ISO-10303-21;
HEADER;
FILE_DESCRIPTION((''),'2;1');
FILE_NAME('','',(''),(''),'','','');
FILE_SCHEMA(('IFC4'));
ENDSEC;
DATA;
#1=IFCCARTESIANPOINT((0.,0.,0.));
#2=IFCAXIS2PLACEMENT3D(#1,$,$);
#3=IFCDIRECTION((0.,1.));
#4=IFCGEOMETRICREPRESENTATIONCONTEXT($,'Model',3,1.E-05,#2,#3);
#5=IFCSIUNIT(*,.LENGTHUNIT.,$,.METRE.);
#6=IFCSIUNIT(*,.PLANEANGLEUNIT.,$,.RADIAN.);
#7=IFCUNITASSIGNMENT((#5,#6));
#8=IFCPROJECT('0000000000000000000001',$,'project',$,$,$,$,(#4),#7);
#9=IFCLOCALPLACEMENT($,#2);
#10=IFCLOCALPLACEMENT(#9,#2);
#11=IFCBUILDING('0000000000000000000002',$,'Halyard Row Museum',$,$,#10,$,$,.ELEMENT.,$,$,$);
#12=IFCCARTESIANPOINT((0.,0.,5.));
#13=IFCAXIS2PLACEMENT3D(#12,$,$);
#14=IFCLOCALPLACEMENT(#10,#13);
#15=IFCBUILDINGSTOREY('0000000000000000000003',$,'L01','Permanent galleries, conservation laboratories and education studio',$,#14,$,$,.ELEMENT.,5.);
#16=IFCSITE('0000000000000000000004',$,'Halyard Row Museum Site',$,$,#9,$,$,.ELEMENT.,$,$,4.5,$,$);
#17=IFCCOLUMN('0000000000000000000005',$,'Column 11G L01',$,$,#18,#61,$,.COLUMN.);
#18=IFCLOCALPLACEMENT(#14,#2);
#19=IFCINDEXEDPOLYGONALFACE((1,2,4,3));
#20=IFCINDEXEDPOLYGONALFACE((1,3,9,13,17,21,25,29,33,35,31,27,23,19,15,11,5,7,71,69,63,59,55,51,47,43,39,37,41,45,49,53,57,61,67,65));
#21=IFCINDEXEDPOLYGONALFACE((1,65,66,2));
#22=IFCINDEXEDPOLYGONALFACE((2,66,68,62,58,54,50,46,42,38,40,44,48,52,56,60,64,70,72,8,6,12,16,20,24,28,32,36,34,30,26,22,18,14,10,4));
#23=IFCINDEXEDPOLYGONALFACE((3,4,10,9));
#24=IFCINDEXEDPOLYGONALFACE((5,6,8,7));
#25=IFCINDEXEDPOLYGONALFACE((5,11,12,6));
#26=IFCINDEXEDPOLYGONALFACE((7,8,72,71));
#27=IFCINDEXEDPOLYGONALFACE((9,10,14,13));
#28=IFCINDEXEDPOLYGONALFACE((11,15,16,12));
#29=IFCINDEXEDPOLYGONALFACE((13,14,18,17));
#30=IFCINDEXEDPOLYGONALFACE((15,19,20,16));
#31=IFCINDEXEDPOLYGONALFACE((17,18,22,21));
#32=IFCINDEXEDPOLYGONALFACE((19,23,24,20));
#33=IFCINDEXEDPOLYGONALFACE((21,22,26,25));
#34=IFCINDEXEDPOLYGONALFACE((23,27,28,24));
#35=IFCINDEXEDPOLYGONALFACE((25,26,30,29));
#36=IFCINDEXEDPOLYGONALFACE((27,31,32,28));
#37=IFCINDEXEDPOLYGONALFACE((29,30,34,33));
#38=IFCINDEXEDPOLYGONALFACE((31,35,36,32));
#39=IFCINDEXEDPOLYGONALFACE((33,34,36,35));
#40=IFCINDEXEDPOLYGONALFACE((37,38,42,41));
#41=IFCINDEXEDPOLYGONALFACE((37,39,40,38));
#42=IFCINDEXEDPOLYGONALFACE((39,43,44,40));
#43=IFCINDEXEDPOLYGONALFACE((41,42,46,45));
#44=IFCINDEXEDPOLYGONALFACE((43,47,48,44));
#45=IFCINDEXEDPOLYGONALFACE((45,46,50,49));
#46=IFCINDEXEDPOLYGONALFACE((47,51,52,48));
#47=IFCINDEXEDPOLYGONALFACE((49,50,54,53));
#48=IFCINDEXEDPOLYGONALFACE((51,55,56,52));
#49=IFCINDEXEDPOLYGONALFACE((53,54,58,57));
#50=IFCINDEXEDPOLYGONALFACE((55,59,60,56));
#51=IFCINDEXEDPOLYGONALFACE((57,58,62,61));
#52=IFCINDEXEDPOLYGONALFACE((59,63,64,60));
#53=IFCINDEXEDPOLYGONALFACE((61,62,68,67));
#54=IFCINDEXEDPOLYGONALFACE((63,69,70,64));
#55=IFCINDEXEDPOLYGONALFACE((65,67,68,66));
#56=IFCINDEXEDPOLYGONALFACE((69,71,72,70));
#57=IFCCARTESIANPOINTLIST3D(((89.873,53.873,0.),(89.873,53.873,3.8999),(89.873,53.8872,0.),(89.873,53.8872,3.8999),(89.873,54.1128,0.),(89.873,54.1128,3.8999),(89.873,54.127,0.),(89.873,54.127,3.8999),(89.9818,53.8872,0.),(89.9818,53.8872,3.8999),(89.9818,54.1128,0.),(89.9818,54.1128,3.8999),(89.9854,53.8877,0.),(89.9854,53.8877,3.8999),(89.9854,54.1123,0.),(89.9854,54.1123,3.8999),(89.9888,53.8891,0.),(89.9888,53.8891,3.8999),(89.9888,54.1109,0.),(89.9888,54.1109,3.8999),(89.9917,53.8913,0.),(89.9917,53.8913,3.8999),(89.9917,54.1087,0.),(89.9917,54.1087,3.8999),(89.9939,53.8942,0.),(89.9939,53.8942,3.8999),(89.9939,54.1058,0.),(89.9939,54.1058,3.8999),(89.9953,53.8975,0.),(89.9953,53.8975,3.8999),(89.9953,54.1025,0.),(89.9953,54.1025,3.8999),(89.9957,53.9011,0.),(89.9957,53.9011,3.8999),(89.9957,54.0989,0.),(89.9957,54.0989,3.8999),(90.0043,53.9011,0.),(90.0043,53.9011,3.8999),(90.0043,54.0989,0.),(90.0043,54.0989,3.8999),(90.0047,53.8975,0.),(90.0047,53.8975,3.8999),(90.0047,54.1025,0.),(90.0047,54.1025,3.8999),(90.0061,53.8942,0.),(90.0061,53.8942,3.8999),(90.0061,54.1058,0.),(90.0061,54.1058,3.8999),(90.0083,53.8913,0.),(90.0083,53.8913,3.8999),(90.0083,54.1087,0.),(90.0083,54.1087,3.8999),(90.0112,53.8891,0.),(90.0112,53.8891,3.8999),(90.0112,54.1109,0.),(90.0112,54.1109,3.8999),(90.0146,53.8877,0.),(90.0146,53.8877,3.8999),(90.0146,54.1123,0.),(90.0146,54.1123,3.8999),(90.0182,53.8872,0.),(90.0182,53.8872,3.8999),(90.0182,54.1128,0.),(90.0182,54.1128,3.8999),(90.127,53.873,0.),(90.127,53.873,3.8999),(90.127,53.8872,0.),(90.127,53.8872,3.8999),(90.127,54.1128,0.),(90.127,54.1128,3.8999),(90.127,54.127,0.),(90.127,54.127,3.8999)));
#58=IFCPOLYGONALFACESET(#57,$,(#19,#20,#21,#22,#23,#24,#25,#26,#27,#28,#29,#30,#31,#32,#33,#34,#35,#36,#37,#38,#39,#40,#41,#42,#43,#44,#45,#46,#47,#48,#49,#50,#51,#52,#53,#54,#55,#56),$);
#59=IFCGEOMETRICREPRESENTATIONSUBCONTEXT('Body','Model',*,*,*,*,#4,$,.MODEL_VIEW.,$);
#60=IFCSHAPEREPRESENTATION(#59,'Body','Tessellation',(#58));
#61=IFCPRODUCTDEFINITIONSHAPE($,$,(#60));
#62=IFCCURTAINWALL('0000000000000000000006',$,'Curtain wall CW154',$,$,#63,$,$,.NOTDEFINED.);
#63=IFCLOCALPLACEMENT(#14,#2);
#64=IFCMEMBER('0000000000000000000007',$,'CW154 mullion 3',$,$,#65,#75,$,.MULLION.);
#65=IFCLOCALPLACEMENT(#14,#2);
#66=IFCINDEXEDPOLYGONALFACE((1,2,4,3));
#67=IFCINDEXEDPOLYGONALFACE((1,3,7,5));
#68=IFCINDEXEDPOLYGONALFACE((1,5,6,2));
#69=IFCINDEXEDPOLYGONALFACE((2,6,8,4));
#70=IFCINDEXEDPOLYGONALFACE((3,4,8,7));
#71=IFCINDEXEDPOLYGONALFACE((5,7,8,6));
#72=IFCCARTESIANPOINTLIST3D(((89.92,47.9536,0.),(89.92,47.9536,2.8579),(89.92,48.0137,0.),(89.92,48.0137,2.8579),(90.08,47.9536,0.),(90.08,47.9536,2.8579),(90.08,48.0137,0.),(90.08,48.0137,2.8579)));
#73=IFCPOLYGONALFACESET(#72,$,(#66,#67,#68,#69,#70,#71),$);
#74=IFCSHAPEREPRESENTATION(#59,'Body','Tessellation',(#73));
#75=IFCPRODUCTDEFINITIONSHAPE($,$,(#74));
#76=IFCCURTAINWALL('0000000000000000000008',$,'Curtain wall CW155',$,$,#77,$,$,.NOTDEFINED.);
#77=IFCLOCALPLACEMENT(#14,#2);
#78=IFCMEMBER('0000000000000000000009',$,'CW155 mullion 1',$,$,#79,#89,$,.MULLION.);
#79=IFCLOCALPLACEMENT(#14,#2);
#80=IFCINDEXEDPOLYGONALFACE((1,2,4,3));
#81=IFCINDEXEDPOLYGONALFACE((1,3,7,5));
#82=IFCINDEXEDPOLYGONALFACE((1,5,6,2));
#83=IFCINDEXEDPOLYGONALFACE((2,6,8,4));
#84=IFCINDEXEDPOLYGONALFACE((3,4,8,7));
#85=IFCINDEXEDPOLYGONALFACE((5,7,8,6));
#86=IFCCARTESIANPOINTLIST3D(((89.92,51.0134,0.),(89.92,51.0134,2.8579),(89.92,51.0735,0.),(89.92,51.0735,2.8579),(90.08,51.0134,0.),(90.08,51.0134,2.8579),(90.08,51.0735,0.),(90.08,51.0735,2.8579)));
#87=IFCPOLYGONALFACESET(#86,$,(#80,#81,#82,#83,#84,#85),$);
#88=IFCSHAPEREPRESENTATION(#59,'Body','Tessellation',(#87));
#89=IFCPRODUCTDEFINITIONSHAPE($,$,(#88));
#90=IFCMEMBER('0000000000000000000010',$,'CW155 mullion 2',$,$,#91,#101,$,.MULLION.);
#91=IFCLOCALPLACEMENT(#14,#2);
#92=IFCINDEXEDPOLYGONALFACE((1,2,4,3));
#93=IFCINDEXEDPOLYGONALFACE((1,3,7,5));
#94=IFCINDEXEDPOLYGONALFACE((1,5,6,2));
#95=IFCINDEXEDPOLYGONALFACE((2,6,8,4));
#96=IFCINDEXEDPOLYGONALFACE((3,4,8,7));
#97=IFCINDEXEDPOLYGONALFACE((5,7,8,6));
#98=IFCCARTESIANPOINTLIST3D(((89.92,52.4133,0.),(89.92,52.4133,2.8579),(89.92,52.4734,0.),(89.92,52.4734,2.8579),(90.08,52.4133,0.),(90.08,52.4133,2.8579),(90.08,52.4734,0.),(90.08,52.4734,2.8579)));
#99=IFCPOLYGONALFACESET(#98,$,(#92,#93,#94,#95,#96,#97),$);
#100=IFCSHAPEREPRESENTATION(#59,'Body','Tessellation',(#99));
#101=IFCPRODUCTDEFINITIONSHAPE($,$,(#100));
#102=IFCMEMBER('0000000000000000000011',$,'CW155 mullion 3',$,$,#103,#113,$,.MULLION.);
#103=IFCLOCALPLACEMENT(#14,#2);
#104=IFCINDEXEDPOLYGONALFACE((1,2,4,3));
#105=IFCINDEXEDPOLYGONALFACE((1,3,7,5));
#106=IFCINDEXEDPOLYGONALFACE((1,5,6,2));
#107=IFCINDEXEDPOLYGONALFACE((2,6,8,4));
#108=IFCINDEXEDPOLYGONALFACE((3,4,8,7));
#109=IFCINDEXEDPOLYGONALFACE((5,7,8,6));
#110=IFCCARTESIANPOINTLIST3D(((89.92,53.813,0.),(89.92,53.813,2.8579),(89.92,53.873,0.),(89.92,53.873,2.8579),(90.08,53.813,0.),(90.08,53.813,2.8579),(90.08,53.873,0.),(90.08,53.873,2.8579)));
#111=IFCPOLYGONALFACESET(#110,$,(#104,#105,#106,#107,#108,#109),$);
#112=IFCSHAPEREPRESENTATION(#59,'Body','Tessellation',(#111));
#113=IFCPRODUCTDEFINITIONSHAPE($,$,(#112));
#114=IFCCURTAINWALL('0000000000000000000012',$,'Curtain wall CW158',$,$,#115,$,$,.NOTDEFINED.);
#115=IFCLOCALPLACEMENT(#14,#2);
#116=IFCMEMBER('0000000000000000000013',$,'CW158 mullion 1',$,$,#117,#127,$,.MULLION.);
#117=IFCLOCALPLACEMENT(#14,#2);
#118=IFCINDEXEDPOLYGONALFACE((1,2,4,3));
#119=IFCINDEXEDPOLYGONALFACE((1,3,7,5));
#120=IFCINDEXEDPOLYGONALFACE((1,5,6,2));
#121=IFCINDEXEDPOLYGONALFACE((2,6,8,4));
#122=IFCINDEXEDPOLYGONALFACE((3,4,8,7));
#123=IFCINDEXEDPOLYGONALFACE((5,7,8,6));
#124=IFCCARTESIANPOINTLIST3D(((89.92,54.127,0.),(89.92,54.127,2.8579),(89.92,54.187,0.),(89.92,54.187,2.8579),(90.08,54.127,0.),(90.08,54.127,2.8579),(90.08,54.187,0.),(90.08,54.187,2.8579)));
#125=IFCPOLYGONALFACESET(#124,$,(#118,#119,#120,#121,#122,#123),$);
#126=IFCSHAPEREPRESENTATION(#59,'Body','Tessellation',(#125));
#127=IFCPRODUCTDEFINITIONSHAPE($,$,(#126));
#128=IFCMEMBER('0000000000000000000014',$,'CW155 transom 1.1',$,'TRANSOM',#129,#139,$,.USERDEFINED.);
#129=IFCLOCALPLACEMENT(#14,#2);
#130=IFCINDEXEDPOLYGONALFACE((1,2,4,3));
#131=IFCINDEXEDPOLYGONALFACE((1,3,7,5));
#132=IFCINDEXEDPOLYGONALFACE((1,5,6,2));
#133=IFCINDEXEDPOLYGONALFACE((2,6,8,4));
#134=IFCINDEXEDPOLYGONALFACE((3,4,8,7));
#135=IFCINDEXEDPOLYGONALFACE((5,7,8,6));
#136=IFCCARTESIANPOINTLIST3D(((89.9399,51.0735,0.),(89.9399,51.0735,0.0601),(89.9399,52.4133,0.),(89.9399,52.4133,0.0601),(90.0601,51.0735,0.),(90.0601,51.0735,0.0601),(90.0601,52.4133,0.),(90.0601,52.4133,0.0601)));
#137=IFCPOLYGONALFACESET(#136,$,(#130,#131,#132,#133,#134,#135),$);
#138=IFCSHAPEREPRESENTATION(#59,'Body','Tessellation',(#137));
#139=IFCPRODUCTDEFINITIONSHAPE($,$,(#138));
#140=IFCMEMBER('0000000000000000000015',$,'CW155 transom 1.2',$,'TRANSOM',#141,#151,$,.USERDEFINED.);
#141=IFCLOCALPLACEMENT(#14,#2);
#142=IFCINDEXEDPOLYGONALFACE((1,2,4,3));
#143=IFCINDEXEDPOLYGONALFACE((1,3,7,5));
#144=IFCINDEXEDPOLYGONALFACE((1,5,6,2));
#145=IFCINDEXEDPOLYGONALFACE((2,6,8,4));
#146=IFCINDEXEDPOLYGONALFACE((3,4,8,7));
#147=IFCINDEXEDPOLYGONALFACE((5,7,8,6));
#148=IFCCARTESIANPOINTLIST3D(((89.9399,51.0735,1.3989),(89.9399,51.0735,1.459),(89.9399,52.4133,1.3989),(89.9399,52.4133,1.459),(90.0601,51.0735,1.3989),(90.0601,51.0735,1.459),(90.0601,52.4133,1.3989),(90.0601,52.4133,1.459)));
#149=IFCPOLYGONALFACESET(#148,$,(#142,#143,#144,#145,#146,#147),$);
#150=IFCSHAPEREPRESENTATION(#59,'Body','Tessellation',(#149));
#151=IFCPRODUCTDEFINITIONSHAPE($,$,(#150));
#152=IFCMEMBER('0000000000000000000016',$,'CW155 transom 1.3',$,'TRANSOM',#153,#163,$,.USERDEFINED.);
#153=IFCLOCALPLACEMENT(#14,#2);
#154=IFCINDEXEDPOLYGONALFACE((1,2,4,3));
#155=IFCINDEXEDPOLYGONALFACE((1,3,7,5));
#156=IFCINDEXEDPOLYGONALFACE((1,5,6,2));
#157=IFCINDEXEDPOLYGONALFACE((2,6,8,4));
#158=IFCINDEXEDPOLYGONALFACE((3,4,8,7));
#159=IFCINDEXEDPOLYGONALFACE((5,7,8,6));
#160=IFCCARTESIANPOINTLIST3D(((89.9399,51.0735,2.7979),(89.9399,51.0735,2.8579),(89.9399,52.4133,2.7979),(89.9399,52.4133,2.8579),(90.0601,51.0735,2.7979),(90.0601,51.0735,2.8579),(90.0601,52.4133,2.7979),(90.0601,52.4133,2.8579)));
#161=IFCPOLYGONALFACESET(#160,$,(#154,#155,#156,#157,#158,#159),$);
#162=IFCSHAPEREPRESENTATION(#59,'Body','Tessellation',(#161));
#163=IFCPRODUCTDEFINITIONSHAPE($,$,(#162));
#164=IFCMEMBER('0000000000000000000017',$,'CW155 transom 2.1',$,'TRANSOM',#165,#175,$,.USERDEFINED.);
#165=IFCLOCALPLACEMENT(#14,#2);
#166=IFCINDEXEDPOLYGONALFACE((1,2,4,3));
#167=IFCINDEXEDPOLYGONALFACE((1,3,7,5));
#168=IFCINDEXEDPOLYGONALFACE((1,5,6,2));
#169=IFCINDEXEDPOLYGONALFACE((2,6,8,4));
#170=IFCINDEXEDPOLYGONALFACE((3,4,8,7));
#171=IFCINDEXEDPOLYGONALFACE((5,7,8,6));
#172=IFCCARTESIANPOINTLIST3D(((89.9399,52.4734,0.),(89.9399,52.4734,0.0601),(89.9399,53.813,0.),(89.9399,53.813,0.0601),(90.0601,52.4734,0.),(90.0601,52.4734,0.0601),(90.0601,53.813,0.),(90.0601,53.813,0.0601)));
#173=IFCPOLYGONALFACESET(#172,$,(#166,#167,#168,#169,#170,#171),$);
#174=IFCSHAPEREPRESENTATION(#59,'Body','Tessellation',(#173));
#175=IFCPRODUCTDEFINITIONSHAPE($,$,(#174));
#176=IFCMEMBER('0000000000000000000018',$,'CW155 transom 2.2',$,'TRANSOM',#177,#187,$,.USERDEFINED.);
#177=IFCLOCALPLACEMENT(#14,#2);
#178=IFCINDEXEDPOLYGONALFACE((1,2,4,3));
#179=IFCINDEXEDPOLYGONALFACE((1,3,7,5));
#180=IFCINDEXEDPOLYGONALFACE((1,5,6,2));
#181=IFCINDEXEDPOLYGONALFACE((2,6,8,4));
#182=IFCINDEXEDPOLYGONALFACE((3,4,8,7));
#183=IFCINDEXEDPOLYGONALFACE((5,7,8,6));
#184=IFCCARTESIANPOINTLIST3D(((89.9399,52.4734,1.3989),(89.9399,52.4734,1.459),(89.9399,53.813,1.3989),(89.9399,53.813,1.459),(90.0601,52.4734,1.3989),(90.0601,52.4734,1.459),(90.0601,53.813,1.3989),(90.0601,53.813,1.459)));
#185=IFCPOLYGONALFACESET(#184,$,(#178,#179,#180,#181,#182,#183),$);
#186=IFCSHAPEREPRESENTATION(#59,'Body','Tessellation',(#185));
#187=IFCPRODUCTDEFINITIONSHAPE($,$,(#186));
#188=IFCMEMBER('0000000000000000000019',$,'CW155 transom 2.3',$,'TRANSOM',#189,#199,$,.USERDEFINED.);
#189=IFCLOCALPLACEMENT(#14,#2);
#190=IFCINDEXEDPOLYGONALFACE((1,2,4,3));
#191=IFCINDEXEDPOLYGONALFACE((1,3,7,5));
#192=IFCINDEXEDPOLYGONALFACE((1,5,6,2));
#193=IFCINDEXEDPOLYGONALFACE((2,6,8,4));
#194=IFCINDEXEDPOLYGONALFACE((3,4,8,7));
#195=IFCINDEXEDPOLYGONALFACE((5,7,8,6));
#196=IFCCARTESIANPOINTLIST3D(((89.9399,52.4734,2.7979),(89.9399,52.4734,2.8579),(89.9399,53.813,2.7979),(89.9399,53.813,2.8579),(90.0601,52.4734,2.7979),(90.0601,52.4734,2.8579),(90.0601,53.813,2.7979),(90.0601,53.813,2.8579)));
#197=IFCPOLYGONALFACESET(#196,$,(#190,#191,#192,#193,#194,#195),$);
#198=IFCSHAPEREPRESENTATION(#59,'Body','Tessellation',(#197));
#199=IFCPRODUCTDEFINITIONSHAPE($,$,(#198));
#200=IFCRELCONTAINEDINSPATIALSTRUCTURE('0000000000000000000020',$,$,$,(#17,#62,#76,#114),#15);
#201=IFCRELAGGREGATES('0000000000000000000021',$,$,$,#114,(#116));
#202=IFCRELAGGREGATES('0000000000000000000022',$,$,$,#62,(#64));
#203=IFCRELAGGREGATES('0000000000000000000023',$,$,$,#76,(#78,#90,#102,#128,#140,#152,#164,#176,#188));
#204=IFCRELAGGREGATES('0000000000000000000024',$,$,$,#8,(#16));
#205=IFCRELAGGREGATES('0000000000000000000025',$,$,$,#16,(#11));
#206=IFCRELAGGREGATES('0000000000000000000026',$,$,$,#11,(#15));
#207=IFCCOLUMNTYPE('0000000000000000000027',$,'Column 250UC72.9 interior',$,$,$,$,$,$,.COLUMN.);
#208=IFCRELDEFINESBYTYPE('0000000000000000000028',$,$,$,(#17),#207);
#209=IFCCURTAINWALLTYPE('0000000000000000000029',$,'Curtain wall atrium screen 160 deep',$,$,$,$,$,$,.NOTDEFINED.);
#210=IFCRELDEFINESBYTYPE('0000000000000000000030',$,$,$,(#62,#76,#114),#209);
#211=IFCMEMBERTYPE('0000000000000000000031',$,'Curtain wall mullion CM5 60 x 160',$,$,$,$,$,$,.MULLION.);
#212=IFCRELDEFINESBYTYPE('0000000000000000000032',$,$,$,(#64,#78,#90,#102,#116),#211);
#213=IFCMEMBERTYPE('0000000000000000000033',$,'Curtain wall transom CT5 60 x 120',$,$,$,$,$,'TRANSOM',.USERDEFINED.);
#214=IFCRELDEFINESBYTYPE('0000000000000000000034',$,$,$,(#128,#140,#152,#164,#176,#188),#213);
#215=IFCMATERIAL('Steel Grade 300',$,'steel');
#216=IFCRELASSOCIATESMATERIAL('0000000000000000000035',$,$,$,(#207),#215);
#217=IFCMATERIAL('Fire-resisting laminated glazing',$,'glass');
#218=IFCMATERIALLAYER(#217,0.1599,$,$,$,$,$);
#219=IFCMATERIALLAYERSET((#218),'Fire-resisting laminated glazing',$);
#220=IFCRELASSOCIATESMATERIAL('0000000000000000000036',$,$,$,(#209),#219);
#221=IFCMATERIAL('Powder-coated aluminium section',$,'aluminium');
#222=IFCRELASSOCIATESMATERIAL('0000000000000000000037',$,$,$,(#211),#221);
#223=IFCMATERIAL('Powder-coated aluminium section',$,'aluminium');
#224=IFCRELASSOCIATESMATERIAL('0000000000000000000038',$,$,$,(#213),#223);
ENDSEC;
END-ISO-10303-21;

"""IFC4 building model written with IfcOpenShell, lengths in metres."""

from ifc_helpers import new_model, si_unit, direction, frame, origin, origin_2d, place, context, subcontext, project, spatial, rectangle, i_section, extrude, material, layer, layer_set, material_profile, profile_set, type_object, element, aggregate, save


model = new_model("IFC4")

# Units and contexts
model_context = context("Model", 3, precision=1e-05, world=origin(), true_north=direction((0.0, 1.0)))
body_context = subcontext(model_context, "Body", "Model", "MODEL_VIEW")
ifc_project = project(units=[si_unit("LENGTHUNIT", "METRE"), si_unit("PLANEANGLEUNIT", "RADIAN")], contexts=[model_context])

# Site, building, storey
site_placement = place(None, origin())
site = spatial("IfcSite", under=ifc_project, at=site_placement, Name="Halyard Row Museum Site", CompositionType="ELEMENT", RefElevation=4.5)
building_placement = place(site_placement, origin())
building = spatial("IfcBuilding", under=site, at=building_placement, Name="Halyard Row Museum", CompositionType="ELEMENT")
storey_placement = place(building_placement, frame((0.0, 0.0, 5.0)))
storey = spatial("IfcBuildingStorey", under=building, at=storey_placement, Name="L01", Description="Permanent galleries, conservation laboratories and education studio", CompositionType="ELEMENT", Elevation=5.0)

# Column
ifc_material_1 = material(Name="Steel Grade 300", Category="steel")
ifc_material_profile_1 = material_profile(ifc_material_1, i_section(OverallWidth=0.2539, OverallDepth=0.2539, WebThickness=0.0085, FlangeThickness=0.0142, FilletRadius=0.0139, at=origin_2d()), Name="250UC72.9")
ifc_profile_set_1 = profile_set([ifc_material_profile_1], Name="Steel Grade 300")
column_type = type_object("IfcColumnType", Name="Column 250UC72.9 interior", PredefinedType="COLUMN", material=ifc_profile_set_1)
column_placement = place(storey_placement, frame((90.0, 54.0, 0.0), z_axis=(0.0, 0.0, 1.0), x_axis=(1.0, 0.0, 0.0)))
element("IfcColumn", 1, at=column_placement, inside=storey, type_object=column_type, Name="Column 11G L01", PredefinedType="COLUMN", context=body_context, shape_type="SweptSolid", body=[
    extrude(i_section(OverallWidth=0.2539, OverallDepth=0.2539, WebThickness=0.0085, FlangeThickness=0.0142, FilletRadius=0.0139, at=origin_2d()), origin(), (0.0, 0.0, 1.0), 3.8999),
])

# Curtain wall, member
ifc_material_2 = material(Name="Fire-resisting laminated glazing", Category="glass")
ifc_layer_1 = layer(ifc_material_2, 0.1599)
ifc_layer_set_1 = layer_set([ifc_layer_1], Name="Fire-resisting laminated glazing")
curtain_wall_type = type_object("IfcCurtainWallType", Name="Curtain wall atrium screen 160 deep", PredefinedType="NOTDEFINED", material=ifc_layer_set_1)
curtain_wall_1_placement = place(storey_placement, origin())
curtain_wall_1 = element("IfcCurtainWall", 2, at=curtain_wall_1_placement, inside=storey, type_object=curtain_wall_type, Name="Curtain wall CW154", PredefinedType="NOTDEFINED")
ifc_material_3 = material(Name="Powder-coated aluminium section", Category="aluminium")
ifc_material_profile_2 = material_profile(ifc_material_3, rectangle(XDim=0.1599, YDim=0.0601, at=origin_2d()), Name="160x60 mullion")
ifc_profile_set_2 = profile_set([ifc_material_profile_2], Name="Powder-coated aluminium section")
member_type_1 = type_object("IfcMemberType", Name="Curtain wall mullion CM5 60 x 160", PredefinedType="MULLION", material=ifc_profile_set_2)
member_1_placement = place(storey_placement, frame((90.0, 47.9836, 0.0), z_axis=(0.0, 0.0, 1.0), x_axis=(-1.0, 0.0, 0.0)))
member_1 = element("IfcMember", 3, at=member_1_placement, type_object=member_type_1, Name="CW154 mullion 3", PredefinedType="MULLION", context=body_context, shape_type="SweptSolid", body=[
    extrude(rectangle(XDim=0.1599, YDim=0.0601, at=origin_2d()), origin(), (0.0, 0.0, 1.0), 2.8579),
])

# Curtain wall, members
curtain_wall_2_placement = place(storey_placement, origin())
curtain_wall_2 = element("IfcCurtainWall", 4, at=curtain_wall_2_placement, inside=storey, type_object=curtain_wall_type, Name="Curtain wall CW155", PredefinedType="NOTDEFINED")
member_2_placement = place(storey_placement, frame((90.0, 51.0435, 0.0), z_axis=(0.0, 0.0, 1.0), x_axis=(-1.0, 0.0, 0.0)))
member_2 = element("IfcMember", 5, at=member_2_placement, type_object=member_type_1, Name="CW155 mullion 1", PredefinedType="MULLION", context=body_context, shape_type="SweptSolid", body=[
    extrude(rectangle(XDim=0.1599, YDim=0.0601, at=origin_2d()), origin(), (0.0, 0.0, 1.0), 2.8579),
])
member_3_placement = place(storey_placement, frame((90.0, 52.4434, 0.0), z_axis=(0.0, 0.0, 1.0), x_axis=(-1.0, 0.0, 0.0)))
member_3 = element("IfcMember", 6, at=member_3_placement, type_object=member_type_1, Name="CW155 mullion 2", PredefinedType="MULLION", context=body_context, shape_type="SweptSolid", body=[
    extrude(rectangle(XDim=0.1599, YDim=0.0601, at=origin_2d()), origin(), (0.0, 0.0, 1.0), 2.8579),
])
member_4_placement = place(storey_placement, frame((90.0, 53.843, 0.0), z_axis=(0.0, 0.0, 1.0), x_axis=(-1.0, 0.0, 0.0)))
member_4 = element("IfcMember", 7, at=member_4_placement, type_object=member_type_1, Name="CW155 mullion 3", PredefinedType="MULLION", context=body_context, shape_type="SweptSolid", body=[
    extrude(rectangle(XDim=0.1599, YDim=0.0601, at=origin_2d()), origin(), (0.0, 0.0, 1.0), 2.8579),
])

# Curtain wall, member
curtain_wall_3_placement = place(storey_placement, origin())
curtain_wall_3 = element("IfcCurtainWall", 8, at=curtain_wall_3_placement, inside=storey, type_object=curtain_wall_type, Name="Curtain wall CW158", PredefinedType="NOTDEFINED")
member_5_placement = place(storey_placement, frame((90.0, 54.157, 0.0), z_axis=(0.0, 0.0, 1.0), x_axis=(-1.0, 0.0, 0.0)))
member_5 = element("IfcMember", 9, at=member_5_placement, type_object=member_type_1, Name="CW158 mullion 1", PredefinedType="MULLION", context=body_context, shape_type="SweptSolid", body=[
    extrude(rectangle(XDim=0.1599, YDim=0.0601, at=origin_2d()), origin(), (0.0, 0.0, 1.0), 2.8579),
])

# Members
ifc_material_4 = material(Name="Powder-coated aluminium section", Category="aluminium")
ifc_material_profile_3 = material_profile(ifc_material_4, rectangle(XDim=0.1201, YDim=0.0601, at=origin_2d()), Name="120x60 transom")
ifc_profile_set_3 = profile_set([ifc_material_profile_3], Name="Powder-coated aluminium section")
member_type_2 = type_object("IfcMemberType", Name="Curtain wall transom CT5 60 x 120", ElementType="TRANSOM", PredefinedType="USERDEFINED", material=ifc_profile_set_3)
member_6_placement = place(storey_placement, frame((90.0, 51.0735, 0.03), z_axis=(0.0, 1.0, 0.0), x_axis=(-1.0, 0.0, 0.0)))
member_6 = element("IfcMember", 10, at=member_6_placement, type_object=member_type_2, Name="CW155 transom 1.1", ObjectType="TRANSOM", PredefinedType="USERDEFINED", context=body_context, shape_type="SweptSolid", body=[
    extrude(rectangle(XDim=0.1201, YDim=0.0601, at=origin_2d()), origin(), (0.0, 0.0, 1.0), 1.3398),
])
member_7_placement = place(storey_placement, frame((90.0, 51.0735, 1.429), z_axis=(0.0, 1.0, 0.0), x_axis=(-1.0, 0.0, 0.0)))
member_7 = element("IfcMember", 11, at=member_7_placement, type_object=member_type_2, Name="CW155 transom 1.2", ObjectType="TRANSOM", PredefinedType="USERDEFINED", context=body_context, shape_type="SweptSolid", body=[
    extrude(rectangle(XDim=0.1201, YDim=0.0601, at=origin_2d()), origin(), (0.0, 0.0, 1.0), 1.3398),
])
member_8_placement = place(storey_placement, frame((90.0, 51.0735, 2.8279), z_axis=(0.0, 1.0, 0.0), x_axis=(-1.0, 0.0, 0.0)))
member_8 = element("IfcMember", 12, at=member_8_placement, type_object=member_type_2, Name="CW155 transom 1.3", ObjectType="TRANSOM", PredefinedType="USERDEFINED", context=body_context, shape_type="SweptSolid", body=[
    extrude(rectangle(XDim=0.1201, YDim=0.0601, at=origin_2d()), origin(), (0.0, 0.0, 1.0), 1.3398),
])
member_9_placement = place(storey_placement, frame((90.0, 52.4734, 0.03), z_axis=(0.0, 1.0, 0.0), x_axis=(-1.0, 0.0, 0.0)))
member_9 = element("IfcMember", 13, at=member_9_placement, type_object=member_type_2, Name="CW155 transom 2.1", ObjectType="TRANSOM", PredefinedType="USERDEFINED", context=body_context, shape_type="SweptSolid", body=[
    extrude(rectangle(XDim=0.1201, YDim=0.0601, at=origin_2d()), origin(), (0.0, 0.0, 1.0), 1.3396),
])
member_10_placement = place(storey_placement, frame((90.0, 52.4734, 1.429), z_axis=(0.0, 1.0, 0.0), x_axis=(-1.0, 0.0, 0.0)))
member_10 = element("IfcMember", 14, at=member_10_placement, type_object=member_type_2, Name="CW155 transom 2.2", ObjectType="TRANSOM", PredefinedType="USERDEFINED", context=body_context, shape_type="SweptSolid", body=[
    extrude(rectangle(XDim=0.1201, YDim=0.0601, at=origin_2d()), origin(), (0.0, 0.0, 1.0), 1.3396),
])
member_11_placement = place(storey_placement, frame((90.0, 52.4734, 2.8279), z_axis=(0.0, 1.0, 0.0), x_axis=(-1.0, 0.0, 0.0)))
member_11 = element("IfcMember", 15, at=member_11_placement, type_object=member_type_2, Name="CW155 transom 2.3", ObjectType="TRANSOM", PredefinedType="USERDEFINED", context=body_context, shape_type="SweptSolid", body=[
    extrude(rectangle(XDim=0.1201, YDim=0.0601, at=origin_2d()), origin(), (0.0, 0.0, 1.0), 1.3396),
])
aggregate(curtain_wall_3, [member_5])

aggregate(curtain_wall_1, [member_1])
aggregate(curtain_wall_2, [member_2, member_3, member_4, member_6, member_7, member_8, member_9, member_10, member_11])

save(model, "model.ifc")
